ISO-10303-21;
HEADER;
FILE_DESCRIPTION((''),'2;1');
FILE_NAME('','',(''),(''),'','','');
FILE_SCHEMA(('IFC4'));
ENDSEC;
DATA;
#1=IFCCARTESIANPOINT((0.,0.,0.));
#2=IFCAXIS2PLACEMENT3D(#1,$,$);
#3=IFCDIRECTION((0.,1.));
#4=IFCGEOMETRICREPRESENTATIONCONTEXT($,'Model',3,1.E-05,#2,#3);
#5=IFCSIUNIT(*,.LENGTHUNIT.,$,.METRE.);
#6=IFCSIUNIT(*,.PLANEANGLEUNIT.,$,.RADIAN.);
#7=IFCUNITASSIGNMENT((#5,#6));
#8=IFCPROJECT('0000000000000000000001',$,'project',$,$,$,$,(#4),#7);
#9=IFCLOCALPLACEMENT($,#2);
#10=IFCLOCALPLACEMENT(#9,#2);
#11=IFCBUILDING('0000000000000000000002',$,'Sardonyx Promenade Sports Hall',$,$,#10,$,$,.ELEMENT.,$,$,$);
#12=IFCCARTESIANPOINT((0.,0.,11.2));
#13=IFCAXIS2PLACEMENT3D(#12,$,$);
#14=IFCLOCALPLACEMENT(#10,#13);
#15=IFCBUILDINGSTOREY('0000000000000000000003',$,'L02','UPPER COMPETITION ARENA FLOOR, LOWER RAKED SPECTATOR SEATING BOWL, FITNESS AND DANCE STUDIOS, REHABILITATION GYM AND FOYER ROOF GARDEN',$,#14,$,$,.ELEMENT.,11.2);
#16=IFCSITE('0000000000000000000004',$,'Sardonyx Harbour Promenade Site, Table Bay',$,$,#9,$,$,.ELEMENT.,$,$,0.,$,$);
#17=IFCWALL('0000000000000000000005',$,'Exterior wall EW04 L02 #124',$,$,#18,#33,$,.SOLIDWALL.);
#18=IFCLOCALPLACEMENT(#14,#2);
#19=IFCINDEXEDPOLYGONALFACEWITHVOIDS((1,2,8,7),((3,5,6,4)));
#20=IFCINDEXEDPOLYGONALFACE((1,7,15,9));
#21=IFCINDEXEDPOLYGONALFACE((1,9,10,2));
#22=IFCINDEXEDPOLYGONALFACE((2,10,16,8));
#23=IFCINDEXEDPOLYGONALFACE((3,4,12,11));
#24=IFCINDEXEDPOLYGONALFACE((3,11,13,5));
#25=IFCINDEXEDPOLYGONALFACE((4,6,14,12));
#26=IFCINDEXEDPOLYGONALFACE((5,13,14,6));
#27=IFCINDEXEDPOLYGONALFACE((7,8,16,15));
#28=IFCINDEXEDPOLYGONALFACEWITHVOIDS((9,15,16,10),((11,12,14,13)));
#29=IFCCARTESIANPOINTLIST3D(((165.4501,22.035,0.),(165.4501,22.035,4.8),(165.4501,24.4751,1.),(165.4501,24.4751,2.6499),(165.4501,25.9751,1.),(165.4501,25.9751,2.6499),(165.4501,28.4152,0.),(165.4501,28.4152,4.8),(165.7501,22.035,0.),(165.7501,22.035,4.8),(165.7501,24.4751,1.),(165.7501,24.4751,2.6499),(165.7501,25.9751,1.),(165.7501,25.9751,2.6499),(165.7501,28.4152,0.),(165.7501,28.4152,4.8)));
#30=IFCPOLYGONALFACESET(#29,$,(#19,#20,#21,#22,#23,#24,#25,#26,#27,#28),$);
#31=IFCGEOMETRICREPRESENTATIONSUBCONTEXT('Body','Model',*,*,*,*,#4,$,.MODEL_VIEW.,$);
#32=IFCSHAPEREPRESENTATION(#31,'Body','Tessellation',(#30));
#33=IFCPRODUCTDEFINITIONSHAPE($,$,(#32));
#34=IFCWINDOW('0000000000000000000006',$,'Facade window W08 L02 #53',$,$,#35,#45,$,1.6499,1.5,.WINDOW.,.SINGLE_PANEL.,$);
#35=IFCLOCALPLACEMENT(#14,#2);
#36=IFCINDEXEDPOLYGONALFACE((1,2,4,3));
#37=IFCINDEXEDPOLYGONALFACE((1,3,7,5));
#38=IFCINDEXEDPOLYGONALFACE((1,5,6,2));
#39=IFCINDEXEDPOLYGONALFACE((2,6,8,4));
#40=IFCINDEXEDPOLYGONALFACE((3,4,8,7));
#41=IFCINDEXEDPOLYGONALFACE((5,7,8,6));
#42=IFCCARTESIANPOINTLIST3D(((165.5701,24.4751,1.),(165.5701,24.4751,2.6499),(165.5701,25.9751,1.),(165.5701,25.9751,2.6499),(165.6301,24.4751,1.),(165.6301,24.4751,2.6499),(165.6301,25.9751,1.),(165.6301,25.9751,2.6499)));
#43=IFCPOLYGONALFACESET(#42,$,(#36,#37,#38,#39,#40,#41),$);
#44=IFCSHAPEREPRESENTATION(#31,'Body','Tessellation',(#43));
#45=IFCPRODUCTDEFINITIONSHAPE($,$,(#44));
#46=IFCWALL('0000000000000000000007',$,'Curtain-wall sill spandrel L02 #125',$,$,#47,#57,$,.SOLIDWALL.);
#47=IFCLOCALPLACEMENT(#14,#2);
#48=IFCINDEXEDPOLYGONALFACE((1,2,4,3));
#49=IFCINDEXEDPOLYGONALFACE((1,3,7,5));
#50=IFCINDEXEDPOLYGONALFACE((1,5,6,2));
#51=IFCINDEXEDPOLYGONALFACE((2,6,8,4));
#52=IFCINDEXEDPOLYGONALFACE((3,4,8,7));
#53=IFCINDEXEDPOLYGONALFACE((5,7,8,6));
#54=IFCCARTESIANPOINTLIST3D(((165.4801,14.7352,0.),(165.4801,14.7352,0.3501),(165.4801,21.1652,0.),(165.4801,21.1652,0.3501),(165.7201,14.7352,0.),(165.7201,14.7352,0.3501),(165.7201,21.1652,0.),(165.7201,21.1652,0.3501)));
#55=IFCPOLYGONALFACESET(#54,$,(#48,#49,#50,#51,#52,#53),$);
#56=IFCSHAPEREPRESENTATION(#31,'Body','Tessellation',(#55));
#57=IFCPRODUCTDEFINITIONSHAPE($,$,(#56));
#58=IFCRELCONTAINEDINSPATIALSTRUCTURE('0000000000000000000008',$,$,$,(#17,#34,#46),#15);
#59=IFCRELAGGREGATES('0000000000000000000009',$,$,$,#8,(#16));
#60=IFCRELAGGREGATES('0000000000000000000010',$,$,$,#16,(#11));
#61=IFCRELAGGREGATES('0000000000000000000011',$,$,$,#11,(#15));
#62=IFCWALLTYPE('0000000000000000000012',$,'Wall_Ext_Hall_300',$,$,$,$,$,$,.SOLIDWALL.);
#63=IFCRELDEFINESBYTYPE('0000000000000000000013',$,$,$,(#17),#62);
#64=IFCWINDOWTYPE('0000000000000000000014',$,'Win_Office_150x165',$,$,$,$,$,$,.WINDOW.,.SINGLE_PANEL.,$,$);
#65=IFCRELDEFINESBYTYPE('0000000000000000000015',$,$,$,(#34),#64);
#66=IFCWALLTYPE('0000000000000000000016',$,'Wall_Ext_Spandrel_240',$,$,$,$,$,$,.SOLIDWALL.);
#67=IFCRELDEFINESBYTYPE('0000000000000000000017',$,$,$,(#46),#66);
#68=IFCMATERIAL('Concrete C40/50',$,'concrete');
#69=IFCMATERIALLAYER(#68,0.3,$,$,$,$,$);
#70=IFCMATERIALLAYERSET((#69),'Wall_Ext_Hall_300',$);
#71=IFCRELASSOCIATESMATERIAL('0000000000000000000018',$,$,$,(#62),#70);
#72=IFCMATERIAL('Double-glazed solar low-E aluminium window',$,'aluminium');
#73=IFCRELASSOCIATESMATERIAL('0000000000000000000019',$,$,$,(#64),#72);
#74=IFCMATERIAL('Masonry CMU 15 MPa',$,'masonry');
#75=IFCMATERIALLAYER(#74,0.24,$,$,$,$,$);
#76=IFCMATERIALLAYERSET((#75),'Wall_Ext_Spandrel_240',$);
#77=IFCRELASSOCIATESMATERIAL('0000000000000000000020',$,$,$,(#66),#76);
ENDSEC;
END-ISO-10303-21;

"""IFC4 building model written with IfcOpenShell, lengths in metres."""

from ifc_helpers import new_model, si_unit, direction, frame, frame_2d, origin, place, context, subcontext, project, spatial, rectangle, extrude, material, layer, layer_set, type_object, element, fill, save


model = new_model("IFC4")

# Units and contexts
model_context = context("Model", 3, precision=1e-05, world=origin(), true_north=direction((0.0, 1.0)))
body_context = subcontext(model_context, "Body", "Model", "MODEL_VIEW")
ifc_project = project(units=[si_unit("LENGTHUNIT", "METRE"), si_unit("PLANEANGLEUNIT", "RADIAN")], contexts=[model_context])

# Site, building, storey
site_placement = place(None, origin())
site = spatial("IfcSite", under=ifc_project, at=site_placement, Name="Sardonyx Harbour Promenade Site, Table Bay", CompositionType="ELEMENT", RefElevation=0.0)
building_placement = place(site_placement, origin())
building = spatial("IfcBuilding", under=site, at=building_placement, Name="Sardonyx Promenade Sports Hall", CompositionType="ELEMENT")
storey_placement = place(building_placement, frame((0.0, 0.0, 11.2)))
storey = spatial("IfcBuildingStorey", under=building, at=storey_placement, Name="L02", Description="UPPER COMPETITION ARENA FLOOR, LOWER RAKED SPECTATOR SEATING BOWL, FITNESS AND DANCE STUDIOS, REHABILITATION GYM AND FOYER ROOF GARDEN", CompositionType="ELEMENT", Elevation=11.2)

# Wall, opening, window
ifc_material_1 = material(Name="Concrete C40/50", Category="concrete")
ifc_layer_1 = layer(ifc_material_1, 0.3)
ifc_layer_set_1 = layer_set([ifc_layer_1], Name="Wall_Ext_Hall_300")
wall_type_1 = type_object("IfcWallType", Name="Wall_Ext_Hall_300", PredefinedType="SOLIDWALL", material=ifc_layer_set_1)
wall_1_placement = place(storey_placement, frame((165.6001, 28.415, 0.0), z_axis=(0.0, 0.0, 1.0), x_axis=(0.0, -1.0, 0.0)))
wall_1 = element("IfcWall", 1, at=wall_1_placement, inside=storey, type_object=wall_type_1, Name="Exterior wall EW04 L02 #124", PredefinedType="SOLIDWALL", context=body_context, shape_type="SweptSolid", body=[
    extrude(rectangle(XDim=6.3801, YDim=0.3, at=frame_2d((3.1899, 0.0))), origin(), (0.0, 0.0, 1.0), 4.8),
])
opening_placement = place(wall_1_placement, frame((2.4399, 0.0, 1.0)))
opening = element("IfcOpeningElement", 2, at=opening_placement, cuts=wall_1, PredefinedType="OPENING", context=body_context, shape_type="SweptSolid", body=[
    extrude(rectangle(XDim=1.5, YDim=1.6499, at=frame_2d((0.75, 0.825))), frame((0.0, 0.16, 0.0), z_axis=(0.0, -1.0, 0.0), x_axis=(1.0, 0.0, 0.0)), (0.0, 0.0, 1.0), 0.32),
])
ifc_material_2 = material(Name="Double-glazed solar low-E aluminium window", Category="aluminium")
window_type = type_object("IfcWindowType", Name="Win_Office_150x165", PartitioningType="SINGLE_PANEL", PredefinedType="WINDOW", material=ifc_material_2)
window_placement = place(opening_placement, origin())
window = element("IfcWindow", 3, at=window_placement, inside=storey, type_object=window_type, Name="Facade window W08 L02 #53", OverallHeight=1.6499, OverallWidth=1.5, PartitioningType="SINGLE_PANEL", PredefinedType="WINDOW", context=body_context, shape_type="SweptSolid", body=[
    extrude(rectangle(XDim=1.5, YDim=1.6499, at=frame_2d((0.75, 0.825))), frame((0.0, 0.03, 0.0), z_axis=(0.0, -1.0, 0.0), x_axis=(1.0, 0.0, 0.0)), (0.0, 0.0, 1.0), 0.0601),
])
fill(opening, window)

# Wall
ifc_material_3 = material(Name="Masonry CMU 15 MPa", Category="masonry")
ifc_layer_2 = layer(ifc_material_3, 0.24)
ifc_layer_set_2 = layer_set([ifc_layer_2], Name="Wall_Ext_Spandrel_240")
wall_type_2 = type_object("IfcWallType", Name="Wall_Ext_Spandrel_240", PredefinedType="SOLIDWALL", material=ifc_layer_set_2)
wall_2_placement = place(storey_placement, frame((165.6001, 21.165, 0.0), z_axis=(0.0, 0.0, 1.0), x_axis=(0.0, -1.0, 0.0)))
element("IfcWall", 4, at=wall_2_placement, inside=storey, type_object=wall_type_2, Name="Curtain-wall sill spandrel L02 #125", PredefinedType="SOLIDWALL", context=body_context, shape_type="SweptSolid", body=[
    extrude(rectangle(XDim=6.4299, YDim=0.24, at=frame_2d((3.2148, 0.0))), origin(), (0.0, 0.0, 1.0), 0.3501),
])

save(model, "model.ifc")
